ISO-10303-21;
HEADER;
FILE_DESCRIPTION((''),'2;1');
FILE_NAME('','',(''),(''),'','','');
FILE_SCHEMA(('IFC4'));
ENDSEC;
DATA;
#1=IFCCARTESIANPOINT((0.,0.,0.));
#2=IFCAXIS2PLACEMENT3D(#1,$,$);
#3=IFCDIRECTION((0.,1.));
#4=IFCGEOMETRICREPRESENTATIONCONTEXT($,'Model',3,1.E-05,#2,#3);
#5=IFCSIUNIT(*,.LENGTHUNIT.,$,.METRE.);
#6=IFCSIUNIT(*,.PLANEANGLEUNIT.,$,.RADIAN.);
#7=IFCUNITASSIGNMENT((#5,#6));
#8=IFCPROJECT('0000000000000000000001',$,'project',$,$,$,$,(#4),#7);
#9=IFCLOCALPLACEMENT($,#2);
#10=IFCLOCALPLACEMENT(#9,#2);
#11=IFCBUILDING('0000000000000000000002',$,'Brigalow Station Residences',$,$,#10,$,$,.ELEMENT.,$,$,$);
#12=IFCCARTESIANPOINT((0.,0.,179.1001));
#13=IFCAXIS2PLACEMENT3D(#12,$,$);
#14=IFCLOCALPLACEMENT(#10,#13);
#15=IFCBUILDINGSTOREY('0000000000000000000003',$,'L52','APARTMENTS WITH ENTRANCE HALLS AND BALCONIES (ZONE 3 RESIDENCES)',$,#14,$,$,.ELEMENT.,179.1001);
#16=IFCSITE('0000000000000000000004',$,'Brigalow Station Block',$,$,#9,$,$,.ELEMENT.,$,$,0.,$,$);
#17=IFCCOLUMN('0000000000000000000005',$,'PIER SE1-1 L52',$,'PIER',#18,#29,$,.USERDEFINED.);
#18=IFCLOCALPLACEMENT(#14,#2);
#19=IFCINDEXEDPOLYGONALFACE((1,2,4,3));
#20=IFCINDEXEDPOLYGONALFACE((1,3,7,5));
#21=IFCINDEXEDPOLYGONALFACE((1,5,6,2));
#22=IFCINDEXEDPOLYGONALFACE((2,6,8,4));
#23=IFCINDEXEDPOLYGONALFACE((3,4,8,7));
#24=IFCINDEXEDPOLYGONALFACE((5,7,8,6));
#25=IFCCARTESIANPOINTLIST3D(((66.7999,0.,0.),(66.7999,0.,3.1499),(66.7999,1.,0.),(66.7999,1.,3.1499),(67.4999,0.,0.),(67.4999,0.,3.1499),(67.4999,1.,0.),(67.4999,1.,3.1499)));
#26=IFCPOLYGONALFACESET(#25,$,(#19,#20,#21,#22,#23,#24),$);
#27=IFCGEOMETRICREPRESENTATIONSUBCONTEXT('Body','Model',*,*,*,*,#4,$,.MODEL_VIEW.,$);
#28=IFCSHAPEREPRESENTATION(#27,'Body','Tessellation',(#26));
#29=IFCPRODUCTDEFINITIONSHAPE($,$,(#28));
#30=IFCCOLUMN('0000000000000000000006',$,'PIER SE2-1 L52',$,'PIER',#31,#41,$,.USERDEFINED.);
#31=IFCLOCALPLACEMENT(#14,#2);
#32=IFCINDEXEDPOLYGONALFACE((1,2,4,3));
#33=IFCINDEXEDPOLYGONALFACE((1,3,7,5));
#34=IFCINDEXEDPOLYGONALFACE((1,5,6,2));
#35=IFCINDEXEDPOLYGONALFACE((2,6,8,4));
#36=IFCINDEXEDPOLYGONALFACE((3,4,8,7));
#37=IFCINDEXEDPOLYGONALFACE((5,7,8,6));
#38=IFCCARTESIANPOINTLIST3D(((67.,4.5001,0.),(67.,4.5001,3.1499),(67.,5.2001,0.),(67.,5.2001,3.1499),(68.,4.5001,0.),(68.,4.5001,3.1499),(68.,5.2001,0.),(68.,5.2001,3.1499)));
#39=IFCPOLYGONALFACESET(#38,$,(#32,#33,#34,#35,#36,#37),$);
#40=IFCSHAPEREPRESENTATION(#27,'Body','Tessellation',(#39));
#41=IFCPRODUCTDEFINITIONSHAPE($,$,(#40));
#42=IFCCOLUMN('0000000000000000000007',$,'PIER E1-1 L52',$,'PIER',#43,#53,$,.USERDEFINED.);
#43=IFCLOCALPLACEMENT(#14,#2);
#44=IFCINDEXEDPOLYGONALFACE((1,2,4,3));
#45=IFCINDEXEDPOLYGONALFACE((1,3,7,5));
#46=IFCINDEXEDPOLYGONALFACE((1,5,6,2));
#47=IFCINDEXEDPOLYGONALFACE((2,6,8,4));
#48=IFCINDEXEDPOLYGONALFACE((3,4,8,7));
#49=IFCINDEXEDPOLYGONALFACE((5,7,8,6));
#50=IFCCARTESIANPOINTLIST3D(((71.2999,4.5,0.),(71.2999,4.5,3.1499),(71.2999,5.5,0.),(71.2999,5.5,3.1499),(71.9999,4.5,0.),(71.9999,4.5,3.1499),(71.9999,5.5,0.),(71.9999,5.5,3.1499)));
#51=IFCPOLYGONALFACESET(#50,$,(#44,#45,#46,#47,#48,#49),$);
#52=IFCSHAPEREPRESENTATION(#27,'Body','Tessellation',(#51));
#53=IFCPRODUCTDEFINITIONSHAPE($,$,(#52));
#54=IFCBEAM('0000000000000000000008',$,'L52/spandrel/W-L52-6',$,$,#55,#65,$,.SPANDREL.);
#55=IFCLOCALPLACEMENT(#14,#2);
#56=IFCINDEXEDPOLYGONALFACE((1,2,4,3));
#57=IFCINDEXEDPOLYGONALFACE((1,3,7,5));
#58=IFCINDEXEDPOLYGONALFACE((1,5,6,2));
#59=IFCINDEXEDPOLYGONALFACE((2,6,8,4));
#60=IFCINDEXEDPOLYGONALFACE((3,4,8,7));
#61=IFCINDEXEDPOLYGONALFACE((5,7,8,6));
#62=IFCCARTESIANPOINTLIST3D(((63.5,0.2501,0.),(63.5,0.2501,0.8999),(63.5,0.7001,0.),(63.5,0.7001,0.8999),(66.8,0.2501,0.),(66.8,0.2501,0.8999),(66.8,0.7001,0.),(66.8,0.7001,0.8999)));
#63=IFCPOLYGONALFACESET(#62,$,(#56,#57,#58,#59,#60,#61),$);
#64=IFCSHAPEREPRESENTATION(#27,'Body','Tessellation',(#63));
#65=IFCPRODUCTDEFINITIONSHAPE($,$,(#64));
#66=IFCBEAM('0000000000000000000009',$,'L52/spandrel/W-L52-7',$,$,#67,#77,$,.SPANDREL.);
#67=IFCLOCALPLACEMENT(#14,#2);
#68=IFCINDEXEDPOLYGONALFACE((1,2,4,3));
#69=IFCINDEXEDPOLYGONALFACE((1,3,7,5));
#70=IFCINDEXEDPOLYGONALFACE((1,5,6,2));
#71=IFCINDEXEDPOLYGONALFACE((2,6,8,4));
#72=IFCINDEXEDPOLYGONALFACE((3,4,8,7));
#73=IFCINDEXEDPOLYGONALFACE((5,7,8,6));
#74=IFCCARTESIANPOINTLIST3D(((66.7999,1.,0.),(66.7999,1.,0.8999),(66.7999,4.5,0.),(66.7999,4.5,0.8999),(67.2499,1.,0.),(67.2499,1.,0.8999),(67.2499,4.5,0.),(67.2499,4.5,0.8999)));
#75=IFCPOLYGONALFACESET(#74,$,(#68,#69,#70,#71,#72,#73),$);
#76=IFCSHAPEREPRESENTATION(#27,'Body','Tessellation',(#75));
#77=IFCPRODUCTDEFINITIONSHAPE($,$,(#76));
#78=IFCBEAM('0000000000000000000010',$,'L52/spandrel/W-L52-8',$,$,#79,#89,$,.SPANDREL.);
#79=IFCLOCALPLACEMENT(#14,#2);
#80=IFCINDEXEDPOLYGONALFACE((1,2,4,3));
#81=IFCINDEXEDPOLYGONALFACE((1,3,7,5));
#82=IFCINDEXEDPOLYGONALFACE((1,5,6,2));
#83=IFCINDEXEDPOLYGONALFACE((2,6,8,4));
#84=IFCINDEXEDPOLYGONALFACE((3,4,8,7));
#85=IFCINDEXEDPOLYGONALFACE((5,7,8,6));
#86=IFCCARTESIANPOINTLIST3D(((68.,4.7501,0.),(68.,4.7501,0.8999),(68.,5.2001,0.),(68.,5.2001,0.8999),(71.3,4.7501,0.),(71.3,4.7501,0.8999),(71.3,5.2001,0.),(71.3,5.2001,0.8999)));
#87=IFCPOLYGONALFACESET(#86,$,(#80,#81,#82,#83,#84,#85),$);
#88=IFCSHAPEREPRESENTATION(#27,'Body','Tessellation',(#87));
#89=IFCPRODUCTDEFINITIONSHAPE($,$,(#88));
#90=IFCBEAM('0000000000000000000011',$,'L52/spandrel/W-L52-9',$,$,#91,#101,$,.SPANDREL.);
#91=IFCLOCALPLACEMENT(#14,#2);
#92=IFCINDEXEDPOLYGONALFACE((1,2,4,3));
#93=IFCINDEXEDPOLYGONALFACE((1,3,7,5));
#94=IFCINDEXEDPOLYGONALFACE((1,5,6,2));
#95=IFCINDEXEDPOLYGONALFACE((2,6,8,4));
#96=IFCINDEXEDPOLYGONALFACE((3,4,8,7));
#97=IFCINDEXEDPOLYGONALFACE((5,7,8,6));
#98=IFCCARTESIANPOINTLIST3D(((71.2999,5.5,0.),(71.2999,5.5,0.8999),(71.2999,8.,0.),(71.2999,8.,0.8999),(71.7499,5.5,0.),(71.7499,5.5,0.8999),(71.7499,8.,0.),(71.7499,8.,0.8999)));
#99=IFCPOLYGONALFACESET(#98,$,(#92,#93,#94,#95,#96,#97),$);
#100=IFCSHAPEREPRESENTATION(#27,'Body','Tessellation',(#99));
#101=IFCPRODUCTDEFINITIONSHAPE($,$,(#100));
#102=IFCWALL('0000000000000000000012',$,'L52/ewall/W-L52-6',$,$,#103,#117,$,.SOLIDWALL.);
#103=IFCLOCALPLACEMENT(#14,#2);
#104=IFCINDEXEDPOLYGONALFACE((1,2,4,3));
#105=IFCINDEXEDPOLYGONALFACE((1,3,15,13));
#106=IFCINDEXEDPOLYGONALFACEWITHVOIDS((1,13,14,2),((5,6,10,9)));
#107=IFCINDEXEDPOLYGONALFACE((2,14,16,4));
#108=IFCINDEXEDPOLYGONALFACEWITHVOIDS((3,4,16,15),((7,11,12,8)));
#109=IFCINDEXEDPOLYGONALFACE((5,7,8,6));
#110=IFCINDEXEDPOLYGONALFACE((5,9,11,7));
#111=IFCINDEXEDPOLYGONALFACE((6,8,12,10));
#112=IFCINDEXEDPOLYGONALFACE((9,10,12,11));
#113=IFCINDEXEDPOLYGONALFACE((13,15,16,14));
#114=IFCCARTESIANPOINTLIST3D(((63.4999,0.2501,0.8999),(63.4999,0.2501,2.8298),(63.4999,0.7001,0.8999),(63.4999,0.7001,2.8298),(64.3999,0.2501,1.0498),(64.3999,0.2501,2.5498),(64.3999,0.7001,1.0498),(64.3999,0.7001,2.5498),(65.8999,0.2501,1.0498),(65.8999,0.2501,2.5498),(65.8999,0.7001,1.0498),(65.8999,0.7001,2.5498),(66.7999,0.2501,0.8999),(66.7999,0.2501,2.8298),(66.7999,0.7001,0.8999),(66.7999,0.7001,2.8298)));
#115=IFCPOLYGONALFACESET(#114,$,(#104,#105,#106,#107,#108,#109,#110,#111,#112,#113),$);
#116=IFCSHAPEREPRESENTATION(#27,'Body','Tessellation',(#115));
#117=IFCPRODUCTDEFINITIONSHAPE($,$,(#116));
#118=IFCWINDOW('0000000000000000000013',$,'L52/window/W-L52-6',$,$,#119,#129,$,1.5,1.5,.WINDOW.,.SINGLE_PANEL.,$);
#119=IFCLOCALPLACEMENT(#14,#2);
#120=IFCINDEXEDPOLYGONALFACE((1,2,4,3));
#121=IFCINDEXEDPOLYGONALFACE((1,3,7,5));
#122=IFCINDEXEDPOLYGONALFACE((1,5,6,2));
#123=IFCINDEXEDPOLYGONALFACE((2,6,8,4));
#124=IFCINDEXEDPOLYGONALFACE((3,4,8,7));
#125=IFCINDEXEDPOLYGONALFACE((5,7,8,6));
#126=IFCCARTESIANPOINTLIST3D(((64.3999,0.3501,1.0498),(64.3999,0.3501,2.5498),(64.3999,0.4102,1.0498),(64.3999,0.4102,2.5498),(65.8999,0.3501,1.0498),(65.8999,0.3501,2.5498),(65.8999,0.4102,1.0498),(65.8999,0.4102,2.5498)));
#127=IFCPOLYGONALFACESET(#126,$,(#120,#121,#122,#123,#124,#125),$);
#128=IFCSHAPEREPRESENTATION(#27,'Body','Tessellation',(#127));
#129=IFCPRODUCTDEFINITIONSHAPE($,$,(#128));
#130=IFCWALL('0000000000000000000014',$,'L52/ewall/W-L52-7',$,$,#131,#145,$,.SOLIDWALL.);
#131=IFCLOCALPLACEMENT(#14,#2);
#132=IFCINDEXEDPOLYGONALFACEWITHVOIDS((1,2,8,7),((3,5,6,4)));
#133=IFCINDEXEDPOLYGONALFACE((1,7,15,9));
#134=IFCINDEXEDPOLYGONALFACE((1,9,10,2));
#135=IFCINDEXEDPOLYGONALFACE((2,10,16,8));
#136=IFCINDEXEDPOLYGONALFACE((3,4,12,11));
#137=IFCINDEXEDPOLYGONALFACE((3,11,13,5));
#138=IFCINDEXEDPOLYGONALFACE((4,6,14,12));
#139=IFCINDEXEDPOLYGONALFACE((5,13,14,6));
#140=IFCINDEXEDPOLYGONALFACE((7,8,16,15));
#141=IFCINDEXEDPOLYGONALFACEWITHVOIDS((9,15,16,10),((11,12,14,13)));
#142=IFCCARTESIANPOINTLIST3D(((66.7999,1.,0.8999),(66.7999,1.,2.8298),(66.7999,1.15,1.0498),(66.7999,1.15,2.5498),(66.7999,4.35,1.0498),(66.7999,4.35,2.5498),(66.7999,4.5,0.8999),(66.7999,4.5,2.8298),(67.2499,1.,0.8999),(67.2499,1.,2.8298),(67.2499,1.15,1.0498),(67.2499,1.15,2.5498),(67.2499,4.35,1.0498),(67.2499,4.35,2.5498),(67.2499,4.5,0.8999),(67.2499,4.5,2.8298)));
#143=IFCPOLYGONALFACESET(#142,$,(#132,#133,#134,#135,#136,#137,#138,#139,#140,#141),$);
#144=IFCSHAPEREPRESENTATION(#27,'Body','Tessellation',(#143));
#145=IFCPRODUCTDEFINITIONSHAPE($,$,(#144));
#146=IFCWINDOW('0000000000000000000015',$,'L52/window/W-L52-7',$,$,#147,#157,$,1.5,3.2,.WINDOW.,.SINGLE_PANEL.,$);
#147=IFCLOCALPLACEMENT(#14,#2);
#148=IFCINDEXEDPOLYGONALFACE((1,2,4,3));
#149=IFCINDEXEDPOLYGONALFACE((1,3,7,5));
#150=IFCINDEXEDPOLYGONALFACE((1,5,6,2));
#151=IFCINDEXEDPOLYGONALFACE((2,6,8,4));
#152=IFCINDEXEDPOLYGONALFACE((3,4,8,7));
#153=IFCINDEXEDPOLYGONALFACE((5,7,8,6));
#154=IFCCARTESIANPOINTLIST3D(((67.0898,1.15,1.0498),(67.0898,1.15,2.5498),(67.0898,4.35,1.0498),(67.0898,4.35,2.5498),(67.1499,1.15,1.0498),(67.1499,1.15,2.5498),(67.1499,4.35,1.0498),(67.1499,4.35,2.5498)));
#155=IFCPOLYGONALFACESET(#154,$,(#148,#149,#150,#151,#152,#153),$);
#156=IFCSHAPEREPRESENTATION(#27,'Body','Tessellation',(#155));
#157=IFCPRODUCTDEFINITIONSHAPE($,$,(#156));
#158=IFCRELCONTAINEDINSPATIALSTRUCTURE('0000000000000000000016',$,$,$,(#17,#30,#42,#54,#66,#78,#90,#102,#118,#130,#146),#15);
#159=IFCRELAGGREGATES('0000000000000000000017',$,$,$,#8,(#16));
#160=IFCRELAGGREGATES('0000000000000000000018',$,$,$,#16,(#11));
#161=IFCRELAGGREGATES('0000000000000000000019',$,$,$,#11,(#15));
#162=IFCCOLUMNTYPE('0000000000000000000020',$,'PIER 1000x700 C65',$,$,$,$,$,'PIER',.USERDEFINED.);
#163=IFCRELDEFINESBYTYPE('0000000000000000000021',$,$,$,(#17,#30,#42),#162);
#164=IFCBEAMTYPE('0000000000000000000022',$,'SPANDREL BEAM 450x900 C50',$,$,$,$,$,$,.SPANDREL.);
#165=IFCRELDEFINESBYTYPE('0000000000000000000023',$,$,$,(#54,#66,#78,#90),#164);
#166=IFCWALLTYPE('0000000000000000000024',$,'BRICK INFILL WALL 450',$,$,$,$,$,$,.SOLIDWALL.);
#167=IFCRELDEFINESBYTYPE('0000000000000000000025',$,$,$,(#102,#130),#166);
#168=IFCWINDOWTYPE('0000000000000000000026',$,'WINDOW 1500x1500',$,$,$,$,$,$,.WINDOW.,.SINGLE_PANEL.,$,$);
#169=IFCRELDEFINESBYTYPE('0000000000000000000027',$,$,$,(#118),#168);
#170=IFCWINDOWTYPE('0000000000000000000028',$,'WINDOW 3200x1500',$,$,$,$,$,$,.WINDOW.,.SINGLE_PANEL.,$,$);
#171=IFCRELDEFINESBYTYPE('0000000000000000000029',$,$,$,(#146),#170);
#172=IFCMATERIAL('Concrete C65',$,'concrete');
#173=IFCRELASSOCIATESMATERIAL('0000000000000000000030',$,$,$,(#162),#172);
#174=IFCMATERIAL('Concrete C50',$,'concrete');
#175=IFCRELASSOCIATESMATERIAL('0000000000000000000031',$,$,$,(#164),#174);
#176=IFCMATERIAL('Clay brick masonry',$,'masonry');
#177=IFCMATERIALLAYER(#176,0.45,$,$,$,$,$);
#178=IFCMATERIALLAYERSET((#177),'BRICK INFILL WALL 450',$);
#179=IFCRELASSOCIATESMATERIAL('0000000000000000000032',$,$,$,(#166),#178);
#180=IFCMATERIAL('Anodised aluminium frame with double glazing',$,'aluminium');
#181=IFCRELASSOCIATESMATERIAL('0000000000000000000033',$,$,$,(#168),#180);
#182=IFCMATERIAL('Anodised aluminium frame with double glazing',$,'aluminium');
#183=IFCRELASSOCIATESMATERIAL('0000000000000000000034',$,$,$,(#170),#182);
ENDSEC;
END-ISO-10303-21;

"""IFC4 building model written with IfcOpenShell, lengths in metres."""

from ifc_helpers import new_model, si_unit, direction, frame, frame_2d, origin, origin_2d, place, context, subcontext, project, spatial, rectangle, extrude, material, layer, layer_set, material_profile, profile_set, type_object, element, fill, save


model = new_model("IFC4")

# Units and contexts
model_context = context("Model", 3, precision=1e-05, world=origin(), true_north=direction((0.0, 1.0)))
body_context = subcontext(model_context, "Body", "Model", "MODEL_VIEW")
ifc_project = project(units=[si_unit("LENGTHUNIT", "METRE"), si_unit("PLANEANGLEUNIT", "RADIAN")], contexts=[model_context])

# Site, building, storey
site_placement = place(None, origin())
site = spatial("IfcSite", under=ifc_project, at=site_placement, Name="Brigalow Station Block", CompositionType="ELEMENT", RefElevation=0.0)
building_placement = place(site_placement, origin())
building = spatial("IfcBuilding", under=site, at=building_placement, Name="Brigalow Station Residences", CompositionType="ELEMENT")
storey_placement = place(building_placement, frame((0.0, 0.0, 179.1001)))
storey = spatial("IfcBuildingStorey", under=building, at=storey_placement, Name="L52", Description="APARTMENTS WITH ENTRANCE HALLS AND BALCONIES (ZONE 3 RESIDENCES)", CompositionType="ELEMENT", Elevation=179.1001)

# Columns
ifc_material_1 = material(Name="Concrete C65", Category="concrete")
ifc_material_profile_1 = material_profile(ifc_material_1, rectangle(XDim=1.0, YDim=0.7, at=origin_2d()), Name="RC1000x700")
ifc_profile_set_1 = profile_set([ifc_material_profile_1], Name="Concrete C65")
column_type = type_object("IfcColumnType", Name="PIER 1000x700 C65", ElementType="PIER", PredefinedType="USERDEFINED", material=ifc_profile_set_1)
for number, where, z_axis, x_axis, name in (
    (1, (67.1499, 0.5, 0.0), (0.0, 0.0, 1.0), (0.0, 1.0, 0.0), "PIER SE1-1 L52"),
    (2, (67.5, 4.8501, 0.0), (0.0, 0.0, 1.0), (1.0, 0.0, 0.0), "PIER SE2-1 L52"),
    (3, (71.6499, 5.0, 0.0), (0.0, 0.0, 1.0), (0.0, 1.0, 0.0), "PIER E1-1 L52"),
):
    element("IfcColumn", number, at=place(storey_placement, frame(where, z_axis=z_axis, x_axis=x_axis)), inside=storey, type_object=column_type, Name=name, ObjectType="PIER", PredefinedType="USERDEFINED", context=body_context, shape_type="SweptSolid", body=[
        extrude(rectangle(XDim=1.0, YDim=0.7, at=origin_2d()), origin(), (0.0, 0.0, 1.0), 3.1499),
    ])

# Beams
ifc_material_2 = material(Name="Concrete C50", Category="concrete")
ifc_material_profile_2 = material_profile(ifc_material_2, rectangle(XDim=0.45, YDim=0.8999, at=origin_2d()), Name="RC450x900")
ifc_profile_set_2 = profile_set([ifc_material_profile_2], Name="Concrete C50")
beam_type = type_object("IfcBeamType", Name="SPANDREL BEAM 450x900 C50", PredefinedType="SPANDREL", material=ifc_profile_set_2)
beam_1_placement = place(storey_placement, frame((63.5, 0.4751, 0.45), z_axis=(1.0, 0.0, 0.0), x_axis=(0.0, 1.0, 0.0)))
element("IfcBeam", 4, at=beam_1_placement, inside=storey, type_object=beam_type, Name="L52/spandrel/W-L52-6", PredefinedType="SPANDREL", context=body_context, shape_type="SweptSolid", body=[
    extrude(rectangle(XDim=0.45, YDim=0.8999, at=origin_2d()), origin(), (0.0, 0.0, 1.0), 3.3),
])
beam_2_placement = place(storey_placement, frame((67.0249, 1.0, 0.45), z_axis=(0.0, 1.0, 0.0), x_axis=(-1.0, 0.0, 0.0)))
element("IfcBeam", 5, at=beam_2_placement, inside=storey, type_object=beam_type, Name="L52/spandrel/W-L52-7", PredefinedType="SPANDREL", context=body_context, shape_type="SweptSolid", body=[
    extrude(rectangle(XDim=0.45, YDim=0.8999, at=origin_2d()), origin(), (0.0, 0.0, 1.0), 3.5),
])
beam_3_placement = place(storey_placement, frame((68.0, 4.9751, 0.45), z_axis=(1.0, 0.0, 0.0), x_axis=(0.0, 1.0, 0.0)))
element("IfcBeam", 6, at=beam_3_placement, inside=storey, type_object=beam_type, Name="L52/spandrel/W-L52-8", PredefinedType="SPANDREL", context=body_context, shape_type="SweptSolid", body=[
    extrude(rectangle(XDim=0.45, YDim=0.8999, at=origin_2d()), origin(), (0.0, 0.0, 1.0), 3.3),
])
beam_4_placement = place(storey_placement, frame((71.5249, 5.5, 0.45), z_axis=(0.0, 1.0, 0.0), x_axis=(-1.0, 0.0, 0.0)))
element("IfcBeam", 7, at=beam_4_placement, inside=storey, type_object=beam_type, Name="L52/spandrel/W-L52-9", PredefinedType="SPANDREL", context=body_context, shape_type="SweptSolid", body=[
    extrude(rectangle(XDim=0.45, YDim=0.8999, at=origin_2d()), origin(), (0.0, 0.0, 1.0), 2.5),
])

# Walls, openings, windows
ifc_material_3 = material(Name="Clay brick masonry", Category="masonry")
ifc_layer_1 = layer(ifc_material_3, 0.45)
ifc_layer_set_1 = layer_set([ifc_layer_1], Name="BRICK INFILL WALL 450")
wall_type_1 = type_object("IfcWallType", Name="BRICK INFILL WALL 450", PredefinedType="SOLIDWALL", material=ifc_layer_set_1)
wall_1_placement = place(storey_placement, frame((63.5, 0.4751, 0.8999), z_axis=(0.0, 0.0, 1.0), x_axis=(1.0, 0.0, 0.0)))
wall_1 = element("IfcWall", 8, at=wall_1_placement, inside=storey, type_object=wall_type_1, Name="L52/ewall/W-L52-6", PredefinedType="SOLIDWALL", context=body_context, shape_type="SweptSolid", body=[
    extrude(rectangle(XDim=3.3, YDim=0.45, at=frame_2d((1.6499, 0.0))), origin(), (0.0, 0.0, 1.0), 1.9299),
])
opening_1_placement = place(wall_1_placement, frame((0.8999, 0.0, 0.1499)))
opening_1 = element("IfcOpeningElement", 9, at=opening_1_placement, cuts=wall_1, PredefinedType="OPENING", context=body_context, shape_type="SweptSolid", body=[
    extrude(rectangle(XDim=1.5, YDim=1.5, at=frame_2d((0.75, 0.75))), frame((0.0, 0.2349, 0.0), z_axis=(0.0, -1.0, 0.0), x_axis=(1.0, 0.0, 0.0)), (0.0, 0.0, 1.0), 0.47),
])
ifc_material_4 = material(Name="Anodised aluminium frame with double glazing", Category="aluminium")
window_type_1 = type_object("IfcWindowType", Name="WINDOW 1500x1500", PartitioningType="SINGLE_PANEL", PredefinedType="WINDOW", material=ifc_material_4)
window_1_placement = place(opening_1_placement, origin())
window_1 = element("IfcWindow", 10, at=window_1_placement, inside=storey, type_object=window_type_1, Name="L52/window/W-L52-6", OverallHeight=1.5, OverallWidth=1.5, PartitioningType="SINGLE_PANEL", PredefinedType="WINDOW", context=body_context, shape_type="SweptSolid", body=[
    extrude(rectangle(XDim=1.5, YDim=1.5, at=frame_2d((0.75, 0.75))), frame((0.0, -0.0649, 0.0), z_axis=(0.0, -1.0, 0.0), x_axis=(1.0, 0.0, 0.0)), (0.0, 0.0, 1.0), 0.0601),
])
fill(opening_1, window_1)
wall_2_placement = place(storey_placement, frame((67.0249, 1.0, 0.8999), z_axis=(0.0, 0.0, 1.0), x_axis=(0.0, 1.0, 0.0)))
wall_2 = element("IfcWall", 11, at=wall_2_placement, inside=storey, type_object=wall_type_1, Name="L52/ewall/W-L52-7", PredefinedType="SOLIDWALL", context=body_context, shape_type="SweptSolid", body=[
    extrude(rectangle(XDim=3.5, YDim=0.45, at=frame_2d((1.75, 0.0))), origin(), (0.0, 0.0, 1.0), 1.9299),
])
opening_2_placement = place(wall_2_placement, frame((0.1499, 0.0, 0.1499)))
opening_2 = element("IfcOpeningElement", 12, at=opening_2_placement, cuts=wall_2, PredefinedType="OPENING", context=body_context, shape_type="SweptSolid", body=[
    extrude(rectangle(XDim=3.2, YDim=1.5, at=frame_2d((1.6001, 0.75))), frame((0.0, 0.2349, 0.0), z_axis=(0.0, -1.0, 0.0), x_axis=(1.0, 0.0, 0.0)), (0.0, 0.0, 1.0), 0.47),
])
ifc_material_5 = material(Name="Anodised aluminium frame with double glazing", Category="aluminium")
window_type_2 = type_object("IfcWindowType", Name="WINDOW 3200x1500", PartitioningType="SINGLE_PANEL", PredefinedType="WINDOW", material=ifc_material_5)
window_2_placement = place(opening_2_placement, origin())
window_2 = element("IfcWindow", 13, at=window_2_placement, inside=storey, type_object=window_type_2, Name="L52/window/W-L52-7", OverallHeight=1.5, OverallWidth=3.2, PartitioningType="SINGLE_PANEL", PredefinedType="WINDOW", context=body_context, shape_type="SweptSolid", body=[
    extrude(rectangle(XDim=3.2, YDim=1.5, at=frame_2d((1.6001, 0.75))), frame((0.0, -0.0649, 0.0), z_axis=(0.0, -1.0, 0.0), x_axis=(1.0, 0.0, 0.0)), (0.0, 0.0, 1.0), 0.0601),
])
fill(opening_2, window_2)

save(model, "model.ifc")
